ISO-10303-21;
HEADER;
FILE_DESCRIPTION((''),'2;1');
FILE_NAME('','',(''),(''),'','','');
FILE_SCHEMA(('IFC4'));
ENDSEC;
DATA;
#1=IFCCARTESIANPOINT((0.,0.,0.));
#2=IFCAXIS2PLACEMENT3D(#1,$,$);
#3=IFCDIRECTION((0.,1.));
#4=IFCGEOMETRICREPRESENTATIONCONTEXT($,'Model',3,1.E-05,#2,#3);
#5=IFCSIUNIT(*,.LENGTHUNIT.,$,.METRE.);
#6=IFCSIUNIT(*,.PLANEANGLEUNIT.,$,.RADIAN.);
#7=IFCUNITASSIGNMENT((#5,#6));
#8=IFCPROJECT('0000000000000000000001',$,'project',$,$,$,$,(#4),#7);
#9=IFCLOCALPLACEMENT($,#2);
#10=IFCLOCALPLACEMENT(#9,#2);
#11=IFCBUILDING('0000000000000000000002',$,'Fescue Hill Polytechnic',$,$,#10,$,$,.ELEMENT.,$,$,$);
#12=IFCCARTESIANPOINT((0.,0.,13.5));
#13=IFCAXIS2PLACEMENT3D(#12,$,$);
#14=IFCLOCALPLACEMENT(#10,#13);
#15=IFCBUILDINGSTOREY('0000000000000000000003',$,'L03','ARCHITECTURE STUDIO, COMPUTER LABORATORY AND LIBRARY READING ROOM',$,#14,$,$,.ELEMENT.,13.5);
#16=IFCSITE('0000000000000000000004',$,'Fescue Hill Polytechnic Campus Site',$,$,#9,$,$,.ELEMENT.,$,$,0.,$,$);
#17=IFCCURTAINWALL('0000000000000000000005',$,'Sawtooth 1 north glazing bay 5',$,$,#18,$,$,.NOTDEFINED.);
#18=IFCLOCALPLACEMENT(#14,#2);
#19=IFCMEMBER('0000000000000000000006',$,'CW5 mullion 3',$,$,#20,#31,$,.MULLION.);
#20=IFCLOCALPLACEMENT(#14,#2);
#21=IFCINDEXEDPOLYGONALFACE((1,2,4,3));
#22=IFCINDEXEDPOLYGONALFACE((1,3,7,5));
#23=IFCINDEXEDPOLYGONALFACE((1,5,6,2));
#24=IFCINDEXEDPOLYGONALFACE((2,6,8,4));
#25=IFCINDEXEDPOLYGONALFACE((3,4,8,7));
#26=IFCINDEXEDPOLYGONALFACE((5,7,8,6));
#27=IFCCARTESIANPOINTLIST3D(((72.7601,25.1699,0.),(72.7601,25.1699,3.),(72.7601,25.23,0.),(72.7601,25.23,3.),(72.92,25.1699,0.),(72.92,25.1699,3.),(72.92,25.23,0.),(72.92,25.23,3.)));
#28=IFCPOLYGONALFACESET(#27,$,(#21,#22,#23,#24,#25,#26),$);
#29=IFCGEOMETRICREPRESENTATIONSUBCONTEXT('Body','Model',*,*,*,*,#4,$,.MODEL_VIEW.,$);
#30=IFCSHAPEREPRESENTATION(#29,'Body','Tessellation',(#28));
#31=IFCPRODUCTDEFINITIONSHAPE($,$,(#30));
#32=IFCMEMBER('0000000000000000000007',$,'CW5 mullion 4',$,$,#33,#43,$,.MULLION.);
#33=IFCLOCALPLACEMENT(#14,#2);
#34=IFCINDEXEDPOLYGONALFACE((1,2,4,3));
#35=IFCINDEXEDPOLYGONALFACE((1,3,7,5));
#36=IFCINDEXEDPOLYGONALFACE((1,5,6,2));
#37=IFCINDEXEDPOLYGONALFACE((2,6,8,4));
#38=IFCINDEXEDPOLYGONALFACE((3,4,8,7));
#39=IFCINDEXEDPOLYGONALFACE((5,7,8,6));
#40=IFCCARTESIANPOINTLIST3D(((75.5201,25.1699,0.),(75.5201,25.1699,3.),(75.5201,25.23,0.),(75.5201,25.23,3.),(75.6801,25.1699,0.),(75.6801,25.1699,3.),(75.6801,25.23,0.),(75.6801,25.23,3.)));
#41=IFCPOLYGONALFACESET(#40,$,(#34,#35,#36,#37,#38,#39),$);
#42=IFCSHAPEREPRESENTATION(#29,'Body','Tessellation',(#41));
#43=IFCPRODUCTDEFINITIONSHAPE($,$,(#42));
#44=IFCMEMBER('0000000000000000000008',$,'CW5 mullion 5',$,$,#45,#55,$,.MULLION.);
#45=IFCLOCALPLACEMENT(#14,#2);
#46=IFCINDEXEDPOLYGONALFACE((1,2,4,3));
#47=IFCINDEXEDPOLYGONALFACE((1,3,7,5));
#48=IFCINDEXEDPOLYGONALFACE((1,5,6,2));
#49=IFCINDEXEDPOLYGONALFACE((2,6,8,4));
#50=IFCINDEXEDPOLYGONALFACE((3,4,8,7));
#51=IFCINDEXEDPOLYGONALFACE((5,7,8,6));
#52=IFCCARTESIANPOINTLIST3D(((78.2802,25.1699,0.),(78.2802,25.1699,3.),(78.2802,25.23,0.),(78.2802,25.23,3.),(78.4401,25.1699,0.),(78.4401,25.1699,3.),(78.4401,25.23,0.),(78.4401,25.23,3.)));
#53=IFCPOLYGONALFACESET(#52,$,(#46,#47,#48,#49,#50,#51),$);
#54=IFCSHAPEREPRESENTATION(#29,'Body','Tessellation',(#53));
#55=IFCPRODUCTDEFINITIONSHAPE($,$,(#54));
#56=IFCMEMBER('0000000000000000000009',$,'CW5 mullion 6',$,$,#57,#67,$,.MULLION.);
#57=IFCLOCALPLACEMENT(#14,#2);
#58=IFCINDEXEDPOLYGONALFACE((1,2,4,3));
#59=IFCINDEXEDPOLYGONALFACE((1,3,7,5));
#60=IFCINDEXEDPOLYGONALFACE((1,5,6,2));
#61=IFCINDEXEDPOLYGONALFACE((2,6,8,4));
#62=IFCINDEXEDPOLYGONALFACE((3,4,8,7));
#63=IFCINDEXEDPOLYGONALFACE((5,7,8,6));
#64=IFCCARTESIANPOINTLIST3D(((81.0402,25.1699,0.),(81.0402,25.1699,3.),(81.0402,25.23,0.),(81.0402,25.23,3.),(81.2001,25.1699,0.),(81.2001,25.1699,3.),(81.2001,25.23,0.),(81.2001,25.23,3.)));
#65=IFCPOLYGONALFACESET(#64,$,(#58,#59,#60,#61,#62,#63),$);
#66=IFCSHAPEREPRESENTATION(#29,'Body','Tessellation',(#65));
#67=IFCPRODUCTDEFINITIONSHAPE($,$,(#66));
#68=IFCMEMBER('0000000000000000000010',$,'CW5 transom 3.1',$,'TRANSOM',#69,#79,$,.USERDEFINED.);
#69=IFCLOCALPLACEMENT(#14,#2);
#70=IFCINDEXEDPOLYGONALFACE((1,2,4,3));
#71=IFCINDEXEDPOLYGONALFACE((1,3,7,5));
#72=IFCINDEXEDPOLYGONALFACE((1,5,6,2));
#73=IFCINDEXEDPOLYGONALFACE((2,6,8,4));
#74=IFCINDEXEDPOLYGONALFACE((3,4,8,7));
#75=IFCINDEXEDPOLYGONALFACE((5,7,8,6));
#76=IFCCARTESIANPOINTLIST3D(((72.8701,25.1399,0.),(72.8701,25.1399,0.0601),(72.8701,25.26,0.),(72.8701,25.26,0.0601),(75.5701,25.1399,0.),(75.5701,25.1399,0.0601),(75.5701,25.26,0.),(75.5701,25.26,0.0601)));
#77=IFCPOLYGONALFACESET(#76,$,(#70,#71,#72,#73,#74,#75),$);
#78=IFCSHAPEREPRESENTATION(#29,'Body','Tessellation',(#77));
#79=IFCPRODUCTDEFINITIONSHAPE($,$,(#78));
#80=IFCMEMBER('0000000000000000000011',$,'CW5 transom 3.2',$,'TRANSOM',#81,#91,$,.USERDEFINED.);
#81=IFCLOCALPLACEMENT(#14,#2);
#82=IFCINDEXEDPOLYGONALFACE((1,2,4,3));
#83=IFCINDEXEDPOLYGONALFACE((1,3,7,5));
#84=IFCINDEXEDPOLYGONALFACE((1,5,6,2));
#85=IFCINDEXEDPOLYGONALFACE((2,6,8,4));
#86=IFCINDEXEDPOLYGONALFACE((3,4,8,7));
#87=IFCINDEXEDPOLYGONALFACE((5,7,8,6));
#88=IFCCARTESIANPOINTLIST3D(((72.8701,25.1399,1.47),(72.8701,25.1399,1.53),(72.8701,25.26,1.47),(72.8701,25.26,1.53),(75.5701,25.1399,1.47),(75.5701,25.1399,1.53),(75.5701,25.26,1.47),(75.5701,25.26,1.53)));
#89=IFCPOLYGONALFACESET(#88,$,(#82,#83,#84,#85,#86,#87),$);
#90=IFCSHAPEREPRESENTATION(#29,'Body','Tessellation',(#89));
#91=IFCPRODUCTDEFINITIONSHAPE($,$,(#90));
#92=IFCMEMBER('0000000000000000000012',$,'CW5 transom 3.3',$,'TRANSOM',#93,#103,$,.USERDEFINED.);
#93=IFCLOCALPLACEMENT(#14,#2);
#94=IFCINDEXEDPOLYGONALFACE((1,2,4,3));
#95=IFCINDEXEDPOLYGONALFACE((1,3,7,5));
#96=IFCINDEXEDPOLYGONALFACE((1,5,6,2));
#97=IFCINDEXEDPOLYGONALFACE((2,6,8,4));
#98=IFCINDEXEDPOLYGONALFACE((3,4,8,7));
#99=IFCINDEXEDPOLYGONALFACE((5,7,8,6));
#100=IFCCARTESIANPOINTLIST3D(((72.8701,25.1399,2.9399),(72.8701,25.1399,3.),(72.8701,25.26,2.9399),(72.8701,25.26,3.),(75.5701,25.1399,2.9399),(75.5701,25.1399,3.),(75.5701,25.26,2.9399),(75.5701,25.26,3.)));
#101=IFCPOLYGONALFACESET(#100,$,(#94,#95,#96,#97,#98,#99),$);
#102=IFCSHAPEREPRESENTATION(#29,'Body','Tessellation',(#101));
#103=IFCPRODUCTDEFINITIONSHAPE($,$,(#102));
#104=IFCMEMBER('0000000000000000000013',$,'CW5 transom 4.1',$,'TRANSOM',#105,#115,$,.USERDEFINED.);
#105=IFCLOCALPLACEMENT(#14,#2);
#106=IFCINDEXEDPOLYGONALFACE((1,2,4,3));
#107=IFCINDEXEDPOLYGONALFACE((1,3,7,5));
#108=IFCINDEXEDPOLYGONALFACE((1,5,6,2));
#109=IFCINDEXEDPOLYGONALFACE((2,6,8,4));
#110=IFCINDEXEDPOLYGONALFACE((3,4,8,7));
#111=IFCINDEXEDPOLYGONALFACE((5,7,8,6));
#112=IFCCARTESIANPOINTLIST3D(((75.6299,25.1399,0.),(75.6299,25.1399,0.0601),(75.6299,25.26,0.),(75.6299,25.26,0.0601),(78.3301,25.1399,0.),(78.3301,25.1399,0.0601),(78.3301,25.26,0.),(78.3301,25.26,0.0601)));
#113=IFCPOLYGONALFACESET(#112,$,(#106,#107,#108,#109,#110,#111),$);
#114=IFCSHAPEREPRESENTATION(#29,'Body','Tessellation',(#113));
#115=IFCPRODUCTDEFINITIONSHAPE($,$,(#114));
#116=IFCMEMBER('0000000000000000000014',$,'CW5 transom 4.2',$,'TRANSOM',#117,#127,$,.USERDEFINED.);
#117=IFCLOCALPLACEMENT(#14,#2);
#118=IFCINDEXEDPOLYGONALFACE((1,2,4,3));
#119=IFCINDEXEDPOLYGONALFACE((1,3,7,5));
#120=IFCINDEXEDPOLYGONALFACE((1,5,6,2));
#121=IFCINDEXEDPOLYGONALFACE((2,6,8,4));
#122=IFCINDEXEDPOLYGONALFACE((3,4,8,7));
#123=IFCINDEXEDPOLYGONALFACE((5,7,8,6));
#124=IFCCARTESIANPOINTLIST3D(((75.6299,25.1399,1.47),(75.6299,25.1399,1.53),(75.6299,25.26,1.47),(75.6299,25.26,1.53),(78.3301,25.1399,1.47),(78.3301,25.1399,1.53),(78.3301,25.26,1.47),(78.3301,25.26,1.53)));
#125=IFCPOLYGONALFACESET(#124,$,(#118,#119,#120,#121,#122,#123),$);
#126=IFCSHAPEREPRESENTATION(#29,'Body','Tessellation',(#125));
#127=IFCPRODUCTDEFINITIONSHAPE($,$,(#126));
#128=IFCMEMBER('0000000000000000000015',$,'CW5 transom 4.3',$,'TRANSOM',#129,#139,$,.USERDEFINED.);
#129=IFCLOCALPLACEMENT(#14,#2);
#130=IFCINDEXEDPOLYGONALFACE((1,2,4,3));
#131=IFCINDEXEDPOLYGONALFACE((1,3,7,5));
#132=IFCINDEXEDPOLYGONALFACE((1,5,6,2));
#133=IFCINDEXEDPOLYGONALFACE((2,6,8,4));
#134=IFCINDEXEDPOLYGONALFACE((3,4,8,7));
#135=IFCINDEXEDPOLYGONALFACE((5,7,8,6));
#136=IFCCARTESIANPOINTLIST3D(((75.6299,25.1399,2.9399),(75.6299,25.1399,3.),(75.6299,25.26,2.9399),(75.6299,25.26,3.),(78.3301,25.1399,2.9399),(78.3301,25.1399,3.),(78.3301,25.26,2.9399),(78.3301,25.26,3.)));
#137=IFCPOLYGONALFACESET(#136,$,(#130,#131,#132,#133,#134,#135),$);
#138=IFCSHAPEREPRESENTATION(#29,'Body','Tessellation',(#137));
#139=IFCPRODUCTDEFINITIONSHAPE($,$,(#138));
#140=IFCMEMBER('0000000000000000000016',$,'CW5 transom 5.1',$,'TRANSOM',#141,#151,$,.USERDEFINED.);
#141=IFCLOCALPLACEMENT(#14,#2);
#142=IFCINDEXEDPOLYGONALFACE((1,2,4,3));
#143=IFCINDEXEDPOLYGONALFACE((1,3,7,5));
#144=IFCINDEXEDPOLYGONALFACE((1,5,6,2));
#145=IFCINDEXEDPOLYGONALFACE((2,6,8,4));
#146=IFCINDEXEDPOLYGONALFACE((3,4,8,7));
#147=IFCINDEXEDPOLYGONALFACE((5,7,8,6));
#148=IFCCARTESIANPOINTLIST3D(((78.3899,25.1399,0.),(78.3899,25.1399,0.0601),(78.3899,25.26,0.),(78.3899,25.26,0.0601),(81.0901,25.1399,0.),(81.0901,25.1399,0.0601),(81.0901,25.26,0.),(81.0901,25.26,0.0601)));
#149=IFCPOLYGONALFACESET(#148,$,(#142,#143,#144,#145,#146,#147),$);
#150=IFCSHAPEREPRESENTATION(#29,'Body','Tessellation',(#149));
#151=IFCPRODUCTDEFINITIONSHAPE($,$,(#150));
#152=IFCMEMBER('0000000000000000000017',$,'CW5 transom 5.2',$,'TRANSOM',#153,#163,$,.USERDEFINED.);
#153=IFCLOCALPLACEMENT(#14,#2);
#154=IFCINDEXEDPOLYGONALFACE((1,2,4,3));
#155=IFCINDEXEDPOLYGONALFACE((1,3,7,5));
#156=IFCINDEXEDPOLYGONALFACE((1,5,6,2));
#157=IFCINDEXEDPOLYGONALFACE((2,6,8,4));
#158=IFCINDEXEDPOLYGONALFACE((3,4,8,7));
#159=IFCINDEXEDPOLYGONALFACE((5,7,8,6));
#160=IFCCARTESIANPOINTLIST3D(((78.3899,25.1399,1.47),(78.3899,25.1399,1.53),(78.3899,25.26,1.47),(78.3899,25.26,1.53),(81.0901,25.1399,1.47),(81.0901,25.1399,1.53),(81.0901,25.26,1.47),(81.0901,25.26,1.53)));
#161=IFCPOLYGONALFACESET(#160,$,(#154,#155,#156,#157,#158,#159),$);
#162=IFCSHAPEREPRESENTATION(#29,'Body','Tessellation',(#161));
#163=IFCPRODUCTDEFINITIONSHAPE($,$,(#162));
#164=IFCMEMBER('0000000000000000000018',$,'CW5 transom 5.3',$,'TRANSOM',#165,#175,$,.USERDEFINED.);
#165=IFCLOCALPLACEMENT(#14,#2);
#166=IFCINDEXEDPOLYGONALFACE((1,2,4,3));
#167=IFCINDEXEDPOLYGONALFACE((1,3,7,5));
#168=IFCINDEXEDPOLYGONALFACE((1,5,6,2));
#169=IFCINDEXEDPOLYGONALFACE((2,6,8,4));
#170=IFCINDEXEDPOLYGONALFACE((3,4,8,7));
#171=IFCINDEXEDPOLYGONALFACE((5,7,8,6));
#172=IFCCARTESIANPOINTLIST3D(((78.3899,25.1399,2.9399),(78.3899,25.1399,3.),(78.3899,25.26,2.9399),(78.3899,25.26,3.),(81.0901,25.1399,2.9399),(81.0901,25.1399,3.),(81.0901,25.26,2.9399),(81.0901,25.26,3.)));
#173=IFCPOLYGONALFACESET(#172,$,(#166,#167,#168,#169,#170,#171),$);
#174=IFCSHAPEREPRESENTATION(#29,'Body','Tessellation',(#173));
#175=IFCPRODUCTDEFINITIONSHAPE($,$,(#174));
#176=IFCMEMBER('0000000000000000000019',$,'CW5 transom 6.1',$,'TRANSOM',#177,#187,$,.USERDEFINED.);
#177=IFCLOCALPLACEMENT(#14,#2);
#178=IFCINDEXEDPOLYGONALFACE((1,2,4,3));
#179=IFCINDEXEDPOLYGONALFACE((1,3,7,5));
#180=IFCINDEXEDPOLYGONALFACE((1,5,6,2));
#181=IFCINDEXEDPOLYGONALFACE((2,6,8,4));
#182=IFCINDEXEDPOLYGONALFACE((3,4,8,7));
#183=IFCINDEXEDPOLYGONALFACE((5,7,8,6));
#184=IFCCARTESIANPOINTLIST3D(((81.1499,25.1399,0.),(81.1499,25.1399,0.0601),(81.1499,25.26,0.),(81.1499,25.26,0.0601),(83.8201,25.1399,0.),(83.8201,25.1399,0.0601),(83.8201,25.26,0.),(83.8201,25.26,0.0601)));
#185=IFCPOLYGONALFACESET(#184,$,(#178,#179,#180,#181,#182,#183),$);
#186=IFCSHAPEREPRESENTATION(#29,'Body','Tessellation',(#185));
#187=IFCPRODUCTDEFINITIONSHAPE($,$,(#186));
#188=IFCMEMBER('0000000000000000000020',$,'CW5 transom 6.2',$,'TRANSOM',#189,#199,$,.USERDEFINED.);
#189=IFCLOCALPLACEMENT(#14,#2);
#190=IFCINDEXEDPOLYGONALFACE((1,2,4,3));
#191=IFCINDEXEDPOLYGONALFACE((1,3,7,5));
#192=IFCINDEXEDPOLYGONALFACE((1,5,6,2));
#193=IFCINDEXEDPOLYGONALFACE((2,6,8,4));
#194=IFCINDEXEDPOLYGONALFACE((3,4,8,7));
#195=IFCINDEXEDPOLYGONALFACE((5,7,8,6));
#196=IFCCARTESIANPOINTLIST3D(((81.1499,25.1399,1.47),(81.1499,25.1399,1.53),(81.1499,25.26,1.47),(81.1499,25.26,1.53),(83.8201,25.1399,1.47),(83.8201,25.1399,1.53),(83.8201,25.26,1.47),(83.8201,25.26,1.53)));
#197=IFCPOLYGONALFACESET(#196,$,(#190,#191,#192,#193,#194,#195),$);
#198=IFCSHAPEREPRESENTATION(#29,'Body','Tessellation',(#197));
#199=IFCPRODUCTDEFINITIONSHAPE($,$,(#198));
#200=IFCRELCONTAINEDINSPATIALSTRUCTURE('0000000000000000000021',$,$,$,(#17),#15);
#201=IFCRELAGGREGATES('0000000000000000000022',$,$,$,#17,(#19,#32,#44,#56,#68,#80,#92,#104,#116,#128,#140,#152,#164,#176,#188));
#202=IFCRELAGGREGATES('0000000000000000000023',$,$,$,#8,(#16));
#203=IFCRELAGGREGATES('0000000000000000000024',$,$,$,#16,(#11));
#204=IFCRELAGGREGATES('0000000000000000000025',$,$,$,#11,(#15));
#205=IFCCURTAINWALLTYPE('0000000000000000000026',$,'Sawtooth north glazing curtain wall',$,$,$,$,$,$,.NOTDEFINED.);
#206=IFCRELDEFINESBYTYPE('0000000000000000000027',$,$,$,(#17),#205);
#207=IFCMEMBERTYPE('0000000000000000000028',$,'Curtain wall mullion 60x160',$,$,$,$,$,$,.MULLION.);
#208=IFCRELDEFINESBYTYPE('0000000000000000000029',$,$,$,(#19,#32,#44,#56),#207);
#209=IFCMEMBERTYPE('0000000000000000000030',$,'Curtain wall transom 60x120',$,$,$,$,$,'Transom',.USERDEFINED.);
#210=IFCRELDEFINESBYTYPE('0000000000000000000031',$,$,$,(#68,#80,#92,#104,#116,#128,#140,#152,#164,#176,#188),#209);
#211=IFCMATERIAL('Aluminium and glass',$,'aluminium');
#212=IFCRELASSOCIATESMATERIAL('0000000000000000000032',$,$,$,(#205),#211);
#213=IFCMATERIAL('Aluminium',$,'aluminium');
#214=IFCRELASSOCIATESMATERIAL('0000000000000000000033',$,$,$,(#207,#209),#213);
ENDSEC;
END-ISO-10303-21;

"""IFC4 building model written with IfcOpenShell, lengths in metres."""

from ifc_helpers import new_model, si_unit, direction, frame, origin, origin_2d, place, context, subcontext, project, spatial, rectangle, extrude, material, material_profile, profile_set, type_object, element, aggregate, save


model = new_model("IFC4")

# Units and contexts
model_context = context("Model", 3, precision=1e-05, world=origin(), true_north=direction((0.0, 1.0)))
body_context = subcontext(model_context, "Body", "Model", "MODEL_VIEW")
ifc_project = project(units=[si_unit("LENGTHUNIT", "METRE"), si_unit("PLANEANGLEUNIT", "RADIAN")], contexts=[model_context])

# Site, building, storey
site_placement = place(None, origin())
site = spatial("IfcSite", under=ifc_project, at=site_placement, Name="Fescue Hill Polytechnic Campus Site", CompositionType="ELEMENT", RefElevation=0.0)
building_placement = place(site_placement, origin())
building = spatial("IfcBuilding", under=site, at=building_placement, Name="Fescue Hill Polytechnic", CompositionType="ELEMENT")
storey_placement = place(building_placement, frame((0.0, 0.0, 13.5)))
storey = spatial("IfcBuildingStorey", under=building, at=storey_placement, Name="L03", Description="ARCHITECTURE STUDIO, COMPUTER LABORATORY AND LIBRARY READING ROOM", CompositionType="ELEMENT", Elevation=13.5)

# Curtain wall, members
ifc_material_1 = material(Name="Aluminium and glass", Category="aluminium")
curtain_wall_type = type_object("IfcCurtainWallType", Name="Sawtooth north glazing curtain wall", PredefinedType="NOTDEFINED", material=ifc_material_1)
curtain_wall_placement = place(storey_placement, origin())
curtain_wall = element("IfcCurtainWall", 1, at=curtain_wall_placement, inside=storey, type_object=curtain_wall_type, Name="Sawtooth 1 north glazing bay 5", PredefinedType="NOTDEFINED")
ifc_material_2 = material(Name="Aluminium", Category="aluminium")
ifc_material_profile_1 = material_profile(ifc_material_2, rectangle(XDim=0.0601, YDim=0.1599, at=origin_2d()), Name="Curtain wall mullion 60x160")
ifc_profile_set_1 = profile_set([ifc_material_profile_1], Name="Aluminium")
member_type_1 = type_object("IfcMemberType", Name="Curtain wall mullion 60x160", PredefinedType="MULLION", material=ifc_profile_set_1)
member_1_placement = place(storey_placement, frame((72.8401, 25.2, 0.0), z_axis=(0.0, 0.0, 1.0), x_axis=(0.0, 1.0, 0.0)))
member_1 = element("IfcMember", 2, at=member_1_placement, type_object=member_type_1, Name="CW5 mullion 3", PredefinedType="MULLION", context=body_context, shape_type="SweptSolid", body=[
    extrude(rectangle(XDim=0.0601, YDim=0.1599, at=origin_2d()), origin(), (0.0, 0.0, 1.0), 3.0),
])
member_2_placement = place(storey_placement, frame((75.6001, 25.2, 0.0), z_axis=(0.0, 0.0, 1.0), x_axis=(0.0, 1.0, 0.0)))
member_2 = element("IfcMember", 3, at=member_2_placement, type_object=member_type_1, Name="CW5 mullion 4", PredefinedType="MULLION", context=body_context, shape_type="SweptSolid", body=[
    extrude(rectangle(XDim=0.0601, YDim=0.1599, at=origin_2d()), origin(), (0.0, 0.0, 1.0), 3.0),
])
member_3_placement = place(storey_placement, frame((78.3601, 25.2, 0.0), z_axis=(0.0, 0.0, 1.0), x_axis=(0.0, 1.0, 0.0)))
member_3 = element("IfcMember", 4, at=member_3_placement, type_object=member_type_1, Name="CW5 mullion 5", PredefinedType="MULLION", context=body_context, shape_type="SweptSolid", body=[
    extrude(rectangle(XDim=0.0601, YDim=0.1599, at=origin_2d()), origin(), (0.0, 0.0, 1.0), 3.0),
])
member_4_placement = place(storey_placement, frame((81.1201, 25.2, 0.0), z_axis=(0.0, 0.0, 1.0), x_axis=(0.0, 1.0, 0.0)))
member_4 = element("IfcMember", 5, at=member_4_placement, type_object=member_type_1, Name="CW5 mullion 6", PredefinedType="MULLION", context=body_context, shape_type="SweptSolid", body=[
    extrude(rectangle(XDim=0.0601, YDim=0.1599, at=origin_2d()), origin(), (0.0, 0.0, 1.0), 3.0),
])
ifc_material_profile_2 = material_profile(ifc_material_2, rectangle(XDim=0.1201, YDim=0.0601, at=origin_2d()), Name="Curtain wall transom 60x120")
ifc_profile_set_2 = profile_set([ifc_material_profile_2], Name="Aluminium")
member_type_2 = type_object("IfcMemberType", Name="Curtain wall transom 60x120", ElementType="Transom", PredefinedType="USERDEFINED", material=ifc_profile_set_2)
member_5_placement = place(storey_placement, frame((72.8701, 25.2, 0.03), z_axis=(1.0, 0.0, 0.0), x_axis=(0.0, 1.0, 0.0)))
member_5 = element("IfcMember", 6, at=member_5_placement, type_object=member_type_2, Name="CW5 transom 3.1", ObjectType="TRANSOM", PredefinedType="USERDEFINED", context=body_context, shape_type="SweptSolid", body=[
    extrude(rectangle(XDim=0.1201, YDim=0.0601, at=origin_2d()), origin(), (0.0, 0.0, 1.0), 2.7),
])
member_6_placement = place(storey_placement, frame((72.8701, 25.2, 1.5), z_axis=(1.0, 0.0, 0.0), x_axis=(0.0, 1.0, 0.0)))
member_6 = element("IfcMember", 7, at=member_6_placement, type_object=member_type_2, Name="CW5 transom 3.2", ObjectType="TRANSOM", PredefinedType="USERDEFINED", context=body_context, shape_type="SweptSolid", body=[
    extrude(rectangle(XDim=0.1201, YDim=0.0601, at=origin_2d()), origin(), (0.0, 0.0, 1.0), 2.7),
])
member_7_placement = place(storey_placement, frame((72.8701, 25.2, 2.97), z_axis=(1.0, 0.0, 0.0), x_axis=(0.0, 1.0, 0.0)))
member_7 = element("IfcMember", 8, at=member_7_placement, type_object=member_type_2, Name="CW5 transom 3.3", ObjectType="TRANSOM", PredefinedType="USERDEFINED", context=body_context, shape_type="SweptSolid", body=[
    extrude(rectangle(XDim=0.1201, YDim=0.0601, at=origin_2d()), origin(), (0.0, 0.0, 1.0), 2.7),
])
member_8_placement = place(storey_placement, frame((75.6299, 25.2, 0.03), z_axis=(1.0, 0.0, 0.0), x_axis=(0.0, 1.0, 0.0)))
member_8 = element("IfcMember", 9, at=member_8_placement, type_object=member_type_2, Name="CW5 transom 4.1", ObjectType="TRANSOM", PredefinedType="USERDEFINED", context=body_context, shape_type="SweptSolid", body=[
    extrude(rectangle(XDim=0.1201, YDim=0.0601, at=origin_2d()), origin(), (0.0, 0.0, 1.0), 2.7002),
])
member_9_placement = place(storey_placement, frame((75.6299, 25.2, 1.5), z_axis=(1.0, 0.0, 0.0), x_axis=(0.0, 1.0, 0.0)))
member_9 = element("IfcMember", 10, at=member_9_placement, type_object=member_type_2, Name="CW5 transom 4.2", ObjectType="TRANSOM", PredefinedType="USERDEFINED", context=body_context, shape_type="SweptSolid", body=[
    extrude(rectangle(XDim=0.1201, YDim=0.0601, at=origin_2d()), origin(), (0.0, 0.0, 1.0), 2.7002),
])
member_10_placement = place(storey_placement, frame((75.6299, 25.2, 2.97), z_axis=(1.0, 0.0, 0.0), x_axis=(0.0, 1.0, 0.0)))
member_10 = element("IfcMember", 11, at=member_10_placement, type_object=member_type_2, Name="CW5 transom 4.3", ObjectType="TRANSOM", PredefinedType="USERDEFINED", context=body_context, shape_type="SweptSolid", body=[
    extrude(rectangle(XDim=0.1201, YDim=0.0601, at=origin_2d()), origin(), (0.0, 0.0, 1.0), 2.7002),
])
member_11_placement = place(storey_placement, frame((78.3899, 25.2, 0.03), z_axis=(1.0, 0.0, 0.0), x_axis=(0.0, 1.0, 0.0)))
member_11 = element("IfcMember", 12, at=member_11_placement, type_object=member_type_2, Name="CW5 transom 5.1", ObjectType="TRANSOM", PredefinedType="USERDEFINED", context=body_context, shape_type="SweptSolid", body=[
    extrude(rectangle(XDim=0.1201, YDim=0.0601, at=origin_2d()), origin(), (0.0, 0.0, 1.0), 2.7002),
])
member_12_placement = place(storey_placement, frame((78.3899, 25.2, 1.5), z_axis=(1.0, 0.0, 0.0), x_axis=(0.0, 1.0, 0.0)))
member_12 = element("IfcMember", 13, at=member_12_placement, type_object=member_type_2, Name="CW5 transom 5.2", ObjectType="TRANSOM", PredefinedType="USERDEFINED", context=body_context, shape_type="SweptSolid", body=[
    extrude(rectangle(XDim=0.1201, YDim=0.0601, at=origin_2d()), origin(), (0.0, 0.0, 1.0), 2.7002),
])
member_13_placement = place(storey_placement, frame((78.3899, 25.2, 2.97), z_axis=(1.0, 0.0, 0.0), x_axis=(0.0, 1.0, 0.0)))
member_13 = element("IfcMember", 14, at=member_13_placement, type_object=member_type_2, Name="CW5 transom 5.3", ObjectType="TRANSOM", PredefinedType="USERDEFINED", context=body_context, shape_type="SweptSolid", body=[
    extrude(rectangle(XDim=0.1201, YDim=0.0601, at=origin_2d()), origin(), (0.0, 0.0, 1.0), 2.7002),
])
member_14_placement = place(storey_placement, frame((81.1499, 25.2, 0.03), z_axis=(1.0, 0.0, 0.0), x_axis=(0.0, 1.0, 0.0)))
member_14 = element("IfcMember", 15, at=member_14_placement, type_object=member_type_2, Name="CW5 transom 6.1", ObjectType="TRANSOM", PredefinedType="USERDEFINED", context=body_context, shape_type="SweptSolid", body=[
    extrude(rectangle(XDim=0.1201, YDim=0.0601, at=origin_2d()), origin(), (0.0, 0.0, 1.0), 2.6702),
])
member_15_placement = place(storey_placement, frame((81.1499, 25.2, 1.5), z_axis=(1.0, 0.0, 0.0), x_axis=(0.0, 1.0, 0.0)))
member_15 = element("IfcMember", 16, at=member_15_placement, type_object=member_type_2, Name="CW5 transom 6.2", ObjectType="TRANSOM", PredefinedType="USERDEFINED", context=body_context, shape_type="SweptSolid", body=[
    extrude(rectangle(XDim=0.1201, YDim=0.0601, at=origin_2d()), origin(), (0.0, 0.0, 1.0), 2.6702),
])
aggregate(curtain_wall, [member_1, member_2, member_3, member_4, member_5, member_6, member_7, member_8, member_9, member_10, member_11, member_12, member_13, member_14, member_15])

save(model, "model.ifc")
